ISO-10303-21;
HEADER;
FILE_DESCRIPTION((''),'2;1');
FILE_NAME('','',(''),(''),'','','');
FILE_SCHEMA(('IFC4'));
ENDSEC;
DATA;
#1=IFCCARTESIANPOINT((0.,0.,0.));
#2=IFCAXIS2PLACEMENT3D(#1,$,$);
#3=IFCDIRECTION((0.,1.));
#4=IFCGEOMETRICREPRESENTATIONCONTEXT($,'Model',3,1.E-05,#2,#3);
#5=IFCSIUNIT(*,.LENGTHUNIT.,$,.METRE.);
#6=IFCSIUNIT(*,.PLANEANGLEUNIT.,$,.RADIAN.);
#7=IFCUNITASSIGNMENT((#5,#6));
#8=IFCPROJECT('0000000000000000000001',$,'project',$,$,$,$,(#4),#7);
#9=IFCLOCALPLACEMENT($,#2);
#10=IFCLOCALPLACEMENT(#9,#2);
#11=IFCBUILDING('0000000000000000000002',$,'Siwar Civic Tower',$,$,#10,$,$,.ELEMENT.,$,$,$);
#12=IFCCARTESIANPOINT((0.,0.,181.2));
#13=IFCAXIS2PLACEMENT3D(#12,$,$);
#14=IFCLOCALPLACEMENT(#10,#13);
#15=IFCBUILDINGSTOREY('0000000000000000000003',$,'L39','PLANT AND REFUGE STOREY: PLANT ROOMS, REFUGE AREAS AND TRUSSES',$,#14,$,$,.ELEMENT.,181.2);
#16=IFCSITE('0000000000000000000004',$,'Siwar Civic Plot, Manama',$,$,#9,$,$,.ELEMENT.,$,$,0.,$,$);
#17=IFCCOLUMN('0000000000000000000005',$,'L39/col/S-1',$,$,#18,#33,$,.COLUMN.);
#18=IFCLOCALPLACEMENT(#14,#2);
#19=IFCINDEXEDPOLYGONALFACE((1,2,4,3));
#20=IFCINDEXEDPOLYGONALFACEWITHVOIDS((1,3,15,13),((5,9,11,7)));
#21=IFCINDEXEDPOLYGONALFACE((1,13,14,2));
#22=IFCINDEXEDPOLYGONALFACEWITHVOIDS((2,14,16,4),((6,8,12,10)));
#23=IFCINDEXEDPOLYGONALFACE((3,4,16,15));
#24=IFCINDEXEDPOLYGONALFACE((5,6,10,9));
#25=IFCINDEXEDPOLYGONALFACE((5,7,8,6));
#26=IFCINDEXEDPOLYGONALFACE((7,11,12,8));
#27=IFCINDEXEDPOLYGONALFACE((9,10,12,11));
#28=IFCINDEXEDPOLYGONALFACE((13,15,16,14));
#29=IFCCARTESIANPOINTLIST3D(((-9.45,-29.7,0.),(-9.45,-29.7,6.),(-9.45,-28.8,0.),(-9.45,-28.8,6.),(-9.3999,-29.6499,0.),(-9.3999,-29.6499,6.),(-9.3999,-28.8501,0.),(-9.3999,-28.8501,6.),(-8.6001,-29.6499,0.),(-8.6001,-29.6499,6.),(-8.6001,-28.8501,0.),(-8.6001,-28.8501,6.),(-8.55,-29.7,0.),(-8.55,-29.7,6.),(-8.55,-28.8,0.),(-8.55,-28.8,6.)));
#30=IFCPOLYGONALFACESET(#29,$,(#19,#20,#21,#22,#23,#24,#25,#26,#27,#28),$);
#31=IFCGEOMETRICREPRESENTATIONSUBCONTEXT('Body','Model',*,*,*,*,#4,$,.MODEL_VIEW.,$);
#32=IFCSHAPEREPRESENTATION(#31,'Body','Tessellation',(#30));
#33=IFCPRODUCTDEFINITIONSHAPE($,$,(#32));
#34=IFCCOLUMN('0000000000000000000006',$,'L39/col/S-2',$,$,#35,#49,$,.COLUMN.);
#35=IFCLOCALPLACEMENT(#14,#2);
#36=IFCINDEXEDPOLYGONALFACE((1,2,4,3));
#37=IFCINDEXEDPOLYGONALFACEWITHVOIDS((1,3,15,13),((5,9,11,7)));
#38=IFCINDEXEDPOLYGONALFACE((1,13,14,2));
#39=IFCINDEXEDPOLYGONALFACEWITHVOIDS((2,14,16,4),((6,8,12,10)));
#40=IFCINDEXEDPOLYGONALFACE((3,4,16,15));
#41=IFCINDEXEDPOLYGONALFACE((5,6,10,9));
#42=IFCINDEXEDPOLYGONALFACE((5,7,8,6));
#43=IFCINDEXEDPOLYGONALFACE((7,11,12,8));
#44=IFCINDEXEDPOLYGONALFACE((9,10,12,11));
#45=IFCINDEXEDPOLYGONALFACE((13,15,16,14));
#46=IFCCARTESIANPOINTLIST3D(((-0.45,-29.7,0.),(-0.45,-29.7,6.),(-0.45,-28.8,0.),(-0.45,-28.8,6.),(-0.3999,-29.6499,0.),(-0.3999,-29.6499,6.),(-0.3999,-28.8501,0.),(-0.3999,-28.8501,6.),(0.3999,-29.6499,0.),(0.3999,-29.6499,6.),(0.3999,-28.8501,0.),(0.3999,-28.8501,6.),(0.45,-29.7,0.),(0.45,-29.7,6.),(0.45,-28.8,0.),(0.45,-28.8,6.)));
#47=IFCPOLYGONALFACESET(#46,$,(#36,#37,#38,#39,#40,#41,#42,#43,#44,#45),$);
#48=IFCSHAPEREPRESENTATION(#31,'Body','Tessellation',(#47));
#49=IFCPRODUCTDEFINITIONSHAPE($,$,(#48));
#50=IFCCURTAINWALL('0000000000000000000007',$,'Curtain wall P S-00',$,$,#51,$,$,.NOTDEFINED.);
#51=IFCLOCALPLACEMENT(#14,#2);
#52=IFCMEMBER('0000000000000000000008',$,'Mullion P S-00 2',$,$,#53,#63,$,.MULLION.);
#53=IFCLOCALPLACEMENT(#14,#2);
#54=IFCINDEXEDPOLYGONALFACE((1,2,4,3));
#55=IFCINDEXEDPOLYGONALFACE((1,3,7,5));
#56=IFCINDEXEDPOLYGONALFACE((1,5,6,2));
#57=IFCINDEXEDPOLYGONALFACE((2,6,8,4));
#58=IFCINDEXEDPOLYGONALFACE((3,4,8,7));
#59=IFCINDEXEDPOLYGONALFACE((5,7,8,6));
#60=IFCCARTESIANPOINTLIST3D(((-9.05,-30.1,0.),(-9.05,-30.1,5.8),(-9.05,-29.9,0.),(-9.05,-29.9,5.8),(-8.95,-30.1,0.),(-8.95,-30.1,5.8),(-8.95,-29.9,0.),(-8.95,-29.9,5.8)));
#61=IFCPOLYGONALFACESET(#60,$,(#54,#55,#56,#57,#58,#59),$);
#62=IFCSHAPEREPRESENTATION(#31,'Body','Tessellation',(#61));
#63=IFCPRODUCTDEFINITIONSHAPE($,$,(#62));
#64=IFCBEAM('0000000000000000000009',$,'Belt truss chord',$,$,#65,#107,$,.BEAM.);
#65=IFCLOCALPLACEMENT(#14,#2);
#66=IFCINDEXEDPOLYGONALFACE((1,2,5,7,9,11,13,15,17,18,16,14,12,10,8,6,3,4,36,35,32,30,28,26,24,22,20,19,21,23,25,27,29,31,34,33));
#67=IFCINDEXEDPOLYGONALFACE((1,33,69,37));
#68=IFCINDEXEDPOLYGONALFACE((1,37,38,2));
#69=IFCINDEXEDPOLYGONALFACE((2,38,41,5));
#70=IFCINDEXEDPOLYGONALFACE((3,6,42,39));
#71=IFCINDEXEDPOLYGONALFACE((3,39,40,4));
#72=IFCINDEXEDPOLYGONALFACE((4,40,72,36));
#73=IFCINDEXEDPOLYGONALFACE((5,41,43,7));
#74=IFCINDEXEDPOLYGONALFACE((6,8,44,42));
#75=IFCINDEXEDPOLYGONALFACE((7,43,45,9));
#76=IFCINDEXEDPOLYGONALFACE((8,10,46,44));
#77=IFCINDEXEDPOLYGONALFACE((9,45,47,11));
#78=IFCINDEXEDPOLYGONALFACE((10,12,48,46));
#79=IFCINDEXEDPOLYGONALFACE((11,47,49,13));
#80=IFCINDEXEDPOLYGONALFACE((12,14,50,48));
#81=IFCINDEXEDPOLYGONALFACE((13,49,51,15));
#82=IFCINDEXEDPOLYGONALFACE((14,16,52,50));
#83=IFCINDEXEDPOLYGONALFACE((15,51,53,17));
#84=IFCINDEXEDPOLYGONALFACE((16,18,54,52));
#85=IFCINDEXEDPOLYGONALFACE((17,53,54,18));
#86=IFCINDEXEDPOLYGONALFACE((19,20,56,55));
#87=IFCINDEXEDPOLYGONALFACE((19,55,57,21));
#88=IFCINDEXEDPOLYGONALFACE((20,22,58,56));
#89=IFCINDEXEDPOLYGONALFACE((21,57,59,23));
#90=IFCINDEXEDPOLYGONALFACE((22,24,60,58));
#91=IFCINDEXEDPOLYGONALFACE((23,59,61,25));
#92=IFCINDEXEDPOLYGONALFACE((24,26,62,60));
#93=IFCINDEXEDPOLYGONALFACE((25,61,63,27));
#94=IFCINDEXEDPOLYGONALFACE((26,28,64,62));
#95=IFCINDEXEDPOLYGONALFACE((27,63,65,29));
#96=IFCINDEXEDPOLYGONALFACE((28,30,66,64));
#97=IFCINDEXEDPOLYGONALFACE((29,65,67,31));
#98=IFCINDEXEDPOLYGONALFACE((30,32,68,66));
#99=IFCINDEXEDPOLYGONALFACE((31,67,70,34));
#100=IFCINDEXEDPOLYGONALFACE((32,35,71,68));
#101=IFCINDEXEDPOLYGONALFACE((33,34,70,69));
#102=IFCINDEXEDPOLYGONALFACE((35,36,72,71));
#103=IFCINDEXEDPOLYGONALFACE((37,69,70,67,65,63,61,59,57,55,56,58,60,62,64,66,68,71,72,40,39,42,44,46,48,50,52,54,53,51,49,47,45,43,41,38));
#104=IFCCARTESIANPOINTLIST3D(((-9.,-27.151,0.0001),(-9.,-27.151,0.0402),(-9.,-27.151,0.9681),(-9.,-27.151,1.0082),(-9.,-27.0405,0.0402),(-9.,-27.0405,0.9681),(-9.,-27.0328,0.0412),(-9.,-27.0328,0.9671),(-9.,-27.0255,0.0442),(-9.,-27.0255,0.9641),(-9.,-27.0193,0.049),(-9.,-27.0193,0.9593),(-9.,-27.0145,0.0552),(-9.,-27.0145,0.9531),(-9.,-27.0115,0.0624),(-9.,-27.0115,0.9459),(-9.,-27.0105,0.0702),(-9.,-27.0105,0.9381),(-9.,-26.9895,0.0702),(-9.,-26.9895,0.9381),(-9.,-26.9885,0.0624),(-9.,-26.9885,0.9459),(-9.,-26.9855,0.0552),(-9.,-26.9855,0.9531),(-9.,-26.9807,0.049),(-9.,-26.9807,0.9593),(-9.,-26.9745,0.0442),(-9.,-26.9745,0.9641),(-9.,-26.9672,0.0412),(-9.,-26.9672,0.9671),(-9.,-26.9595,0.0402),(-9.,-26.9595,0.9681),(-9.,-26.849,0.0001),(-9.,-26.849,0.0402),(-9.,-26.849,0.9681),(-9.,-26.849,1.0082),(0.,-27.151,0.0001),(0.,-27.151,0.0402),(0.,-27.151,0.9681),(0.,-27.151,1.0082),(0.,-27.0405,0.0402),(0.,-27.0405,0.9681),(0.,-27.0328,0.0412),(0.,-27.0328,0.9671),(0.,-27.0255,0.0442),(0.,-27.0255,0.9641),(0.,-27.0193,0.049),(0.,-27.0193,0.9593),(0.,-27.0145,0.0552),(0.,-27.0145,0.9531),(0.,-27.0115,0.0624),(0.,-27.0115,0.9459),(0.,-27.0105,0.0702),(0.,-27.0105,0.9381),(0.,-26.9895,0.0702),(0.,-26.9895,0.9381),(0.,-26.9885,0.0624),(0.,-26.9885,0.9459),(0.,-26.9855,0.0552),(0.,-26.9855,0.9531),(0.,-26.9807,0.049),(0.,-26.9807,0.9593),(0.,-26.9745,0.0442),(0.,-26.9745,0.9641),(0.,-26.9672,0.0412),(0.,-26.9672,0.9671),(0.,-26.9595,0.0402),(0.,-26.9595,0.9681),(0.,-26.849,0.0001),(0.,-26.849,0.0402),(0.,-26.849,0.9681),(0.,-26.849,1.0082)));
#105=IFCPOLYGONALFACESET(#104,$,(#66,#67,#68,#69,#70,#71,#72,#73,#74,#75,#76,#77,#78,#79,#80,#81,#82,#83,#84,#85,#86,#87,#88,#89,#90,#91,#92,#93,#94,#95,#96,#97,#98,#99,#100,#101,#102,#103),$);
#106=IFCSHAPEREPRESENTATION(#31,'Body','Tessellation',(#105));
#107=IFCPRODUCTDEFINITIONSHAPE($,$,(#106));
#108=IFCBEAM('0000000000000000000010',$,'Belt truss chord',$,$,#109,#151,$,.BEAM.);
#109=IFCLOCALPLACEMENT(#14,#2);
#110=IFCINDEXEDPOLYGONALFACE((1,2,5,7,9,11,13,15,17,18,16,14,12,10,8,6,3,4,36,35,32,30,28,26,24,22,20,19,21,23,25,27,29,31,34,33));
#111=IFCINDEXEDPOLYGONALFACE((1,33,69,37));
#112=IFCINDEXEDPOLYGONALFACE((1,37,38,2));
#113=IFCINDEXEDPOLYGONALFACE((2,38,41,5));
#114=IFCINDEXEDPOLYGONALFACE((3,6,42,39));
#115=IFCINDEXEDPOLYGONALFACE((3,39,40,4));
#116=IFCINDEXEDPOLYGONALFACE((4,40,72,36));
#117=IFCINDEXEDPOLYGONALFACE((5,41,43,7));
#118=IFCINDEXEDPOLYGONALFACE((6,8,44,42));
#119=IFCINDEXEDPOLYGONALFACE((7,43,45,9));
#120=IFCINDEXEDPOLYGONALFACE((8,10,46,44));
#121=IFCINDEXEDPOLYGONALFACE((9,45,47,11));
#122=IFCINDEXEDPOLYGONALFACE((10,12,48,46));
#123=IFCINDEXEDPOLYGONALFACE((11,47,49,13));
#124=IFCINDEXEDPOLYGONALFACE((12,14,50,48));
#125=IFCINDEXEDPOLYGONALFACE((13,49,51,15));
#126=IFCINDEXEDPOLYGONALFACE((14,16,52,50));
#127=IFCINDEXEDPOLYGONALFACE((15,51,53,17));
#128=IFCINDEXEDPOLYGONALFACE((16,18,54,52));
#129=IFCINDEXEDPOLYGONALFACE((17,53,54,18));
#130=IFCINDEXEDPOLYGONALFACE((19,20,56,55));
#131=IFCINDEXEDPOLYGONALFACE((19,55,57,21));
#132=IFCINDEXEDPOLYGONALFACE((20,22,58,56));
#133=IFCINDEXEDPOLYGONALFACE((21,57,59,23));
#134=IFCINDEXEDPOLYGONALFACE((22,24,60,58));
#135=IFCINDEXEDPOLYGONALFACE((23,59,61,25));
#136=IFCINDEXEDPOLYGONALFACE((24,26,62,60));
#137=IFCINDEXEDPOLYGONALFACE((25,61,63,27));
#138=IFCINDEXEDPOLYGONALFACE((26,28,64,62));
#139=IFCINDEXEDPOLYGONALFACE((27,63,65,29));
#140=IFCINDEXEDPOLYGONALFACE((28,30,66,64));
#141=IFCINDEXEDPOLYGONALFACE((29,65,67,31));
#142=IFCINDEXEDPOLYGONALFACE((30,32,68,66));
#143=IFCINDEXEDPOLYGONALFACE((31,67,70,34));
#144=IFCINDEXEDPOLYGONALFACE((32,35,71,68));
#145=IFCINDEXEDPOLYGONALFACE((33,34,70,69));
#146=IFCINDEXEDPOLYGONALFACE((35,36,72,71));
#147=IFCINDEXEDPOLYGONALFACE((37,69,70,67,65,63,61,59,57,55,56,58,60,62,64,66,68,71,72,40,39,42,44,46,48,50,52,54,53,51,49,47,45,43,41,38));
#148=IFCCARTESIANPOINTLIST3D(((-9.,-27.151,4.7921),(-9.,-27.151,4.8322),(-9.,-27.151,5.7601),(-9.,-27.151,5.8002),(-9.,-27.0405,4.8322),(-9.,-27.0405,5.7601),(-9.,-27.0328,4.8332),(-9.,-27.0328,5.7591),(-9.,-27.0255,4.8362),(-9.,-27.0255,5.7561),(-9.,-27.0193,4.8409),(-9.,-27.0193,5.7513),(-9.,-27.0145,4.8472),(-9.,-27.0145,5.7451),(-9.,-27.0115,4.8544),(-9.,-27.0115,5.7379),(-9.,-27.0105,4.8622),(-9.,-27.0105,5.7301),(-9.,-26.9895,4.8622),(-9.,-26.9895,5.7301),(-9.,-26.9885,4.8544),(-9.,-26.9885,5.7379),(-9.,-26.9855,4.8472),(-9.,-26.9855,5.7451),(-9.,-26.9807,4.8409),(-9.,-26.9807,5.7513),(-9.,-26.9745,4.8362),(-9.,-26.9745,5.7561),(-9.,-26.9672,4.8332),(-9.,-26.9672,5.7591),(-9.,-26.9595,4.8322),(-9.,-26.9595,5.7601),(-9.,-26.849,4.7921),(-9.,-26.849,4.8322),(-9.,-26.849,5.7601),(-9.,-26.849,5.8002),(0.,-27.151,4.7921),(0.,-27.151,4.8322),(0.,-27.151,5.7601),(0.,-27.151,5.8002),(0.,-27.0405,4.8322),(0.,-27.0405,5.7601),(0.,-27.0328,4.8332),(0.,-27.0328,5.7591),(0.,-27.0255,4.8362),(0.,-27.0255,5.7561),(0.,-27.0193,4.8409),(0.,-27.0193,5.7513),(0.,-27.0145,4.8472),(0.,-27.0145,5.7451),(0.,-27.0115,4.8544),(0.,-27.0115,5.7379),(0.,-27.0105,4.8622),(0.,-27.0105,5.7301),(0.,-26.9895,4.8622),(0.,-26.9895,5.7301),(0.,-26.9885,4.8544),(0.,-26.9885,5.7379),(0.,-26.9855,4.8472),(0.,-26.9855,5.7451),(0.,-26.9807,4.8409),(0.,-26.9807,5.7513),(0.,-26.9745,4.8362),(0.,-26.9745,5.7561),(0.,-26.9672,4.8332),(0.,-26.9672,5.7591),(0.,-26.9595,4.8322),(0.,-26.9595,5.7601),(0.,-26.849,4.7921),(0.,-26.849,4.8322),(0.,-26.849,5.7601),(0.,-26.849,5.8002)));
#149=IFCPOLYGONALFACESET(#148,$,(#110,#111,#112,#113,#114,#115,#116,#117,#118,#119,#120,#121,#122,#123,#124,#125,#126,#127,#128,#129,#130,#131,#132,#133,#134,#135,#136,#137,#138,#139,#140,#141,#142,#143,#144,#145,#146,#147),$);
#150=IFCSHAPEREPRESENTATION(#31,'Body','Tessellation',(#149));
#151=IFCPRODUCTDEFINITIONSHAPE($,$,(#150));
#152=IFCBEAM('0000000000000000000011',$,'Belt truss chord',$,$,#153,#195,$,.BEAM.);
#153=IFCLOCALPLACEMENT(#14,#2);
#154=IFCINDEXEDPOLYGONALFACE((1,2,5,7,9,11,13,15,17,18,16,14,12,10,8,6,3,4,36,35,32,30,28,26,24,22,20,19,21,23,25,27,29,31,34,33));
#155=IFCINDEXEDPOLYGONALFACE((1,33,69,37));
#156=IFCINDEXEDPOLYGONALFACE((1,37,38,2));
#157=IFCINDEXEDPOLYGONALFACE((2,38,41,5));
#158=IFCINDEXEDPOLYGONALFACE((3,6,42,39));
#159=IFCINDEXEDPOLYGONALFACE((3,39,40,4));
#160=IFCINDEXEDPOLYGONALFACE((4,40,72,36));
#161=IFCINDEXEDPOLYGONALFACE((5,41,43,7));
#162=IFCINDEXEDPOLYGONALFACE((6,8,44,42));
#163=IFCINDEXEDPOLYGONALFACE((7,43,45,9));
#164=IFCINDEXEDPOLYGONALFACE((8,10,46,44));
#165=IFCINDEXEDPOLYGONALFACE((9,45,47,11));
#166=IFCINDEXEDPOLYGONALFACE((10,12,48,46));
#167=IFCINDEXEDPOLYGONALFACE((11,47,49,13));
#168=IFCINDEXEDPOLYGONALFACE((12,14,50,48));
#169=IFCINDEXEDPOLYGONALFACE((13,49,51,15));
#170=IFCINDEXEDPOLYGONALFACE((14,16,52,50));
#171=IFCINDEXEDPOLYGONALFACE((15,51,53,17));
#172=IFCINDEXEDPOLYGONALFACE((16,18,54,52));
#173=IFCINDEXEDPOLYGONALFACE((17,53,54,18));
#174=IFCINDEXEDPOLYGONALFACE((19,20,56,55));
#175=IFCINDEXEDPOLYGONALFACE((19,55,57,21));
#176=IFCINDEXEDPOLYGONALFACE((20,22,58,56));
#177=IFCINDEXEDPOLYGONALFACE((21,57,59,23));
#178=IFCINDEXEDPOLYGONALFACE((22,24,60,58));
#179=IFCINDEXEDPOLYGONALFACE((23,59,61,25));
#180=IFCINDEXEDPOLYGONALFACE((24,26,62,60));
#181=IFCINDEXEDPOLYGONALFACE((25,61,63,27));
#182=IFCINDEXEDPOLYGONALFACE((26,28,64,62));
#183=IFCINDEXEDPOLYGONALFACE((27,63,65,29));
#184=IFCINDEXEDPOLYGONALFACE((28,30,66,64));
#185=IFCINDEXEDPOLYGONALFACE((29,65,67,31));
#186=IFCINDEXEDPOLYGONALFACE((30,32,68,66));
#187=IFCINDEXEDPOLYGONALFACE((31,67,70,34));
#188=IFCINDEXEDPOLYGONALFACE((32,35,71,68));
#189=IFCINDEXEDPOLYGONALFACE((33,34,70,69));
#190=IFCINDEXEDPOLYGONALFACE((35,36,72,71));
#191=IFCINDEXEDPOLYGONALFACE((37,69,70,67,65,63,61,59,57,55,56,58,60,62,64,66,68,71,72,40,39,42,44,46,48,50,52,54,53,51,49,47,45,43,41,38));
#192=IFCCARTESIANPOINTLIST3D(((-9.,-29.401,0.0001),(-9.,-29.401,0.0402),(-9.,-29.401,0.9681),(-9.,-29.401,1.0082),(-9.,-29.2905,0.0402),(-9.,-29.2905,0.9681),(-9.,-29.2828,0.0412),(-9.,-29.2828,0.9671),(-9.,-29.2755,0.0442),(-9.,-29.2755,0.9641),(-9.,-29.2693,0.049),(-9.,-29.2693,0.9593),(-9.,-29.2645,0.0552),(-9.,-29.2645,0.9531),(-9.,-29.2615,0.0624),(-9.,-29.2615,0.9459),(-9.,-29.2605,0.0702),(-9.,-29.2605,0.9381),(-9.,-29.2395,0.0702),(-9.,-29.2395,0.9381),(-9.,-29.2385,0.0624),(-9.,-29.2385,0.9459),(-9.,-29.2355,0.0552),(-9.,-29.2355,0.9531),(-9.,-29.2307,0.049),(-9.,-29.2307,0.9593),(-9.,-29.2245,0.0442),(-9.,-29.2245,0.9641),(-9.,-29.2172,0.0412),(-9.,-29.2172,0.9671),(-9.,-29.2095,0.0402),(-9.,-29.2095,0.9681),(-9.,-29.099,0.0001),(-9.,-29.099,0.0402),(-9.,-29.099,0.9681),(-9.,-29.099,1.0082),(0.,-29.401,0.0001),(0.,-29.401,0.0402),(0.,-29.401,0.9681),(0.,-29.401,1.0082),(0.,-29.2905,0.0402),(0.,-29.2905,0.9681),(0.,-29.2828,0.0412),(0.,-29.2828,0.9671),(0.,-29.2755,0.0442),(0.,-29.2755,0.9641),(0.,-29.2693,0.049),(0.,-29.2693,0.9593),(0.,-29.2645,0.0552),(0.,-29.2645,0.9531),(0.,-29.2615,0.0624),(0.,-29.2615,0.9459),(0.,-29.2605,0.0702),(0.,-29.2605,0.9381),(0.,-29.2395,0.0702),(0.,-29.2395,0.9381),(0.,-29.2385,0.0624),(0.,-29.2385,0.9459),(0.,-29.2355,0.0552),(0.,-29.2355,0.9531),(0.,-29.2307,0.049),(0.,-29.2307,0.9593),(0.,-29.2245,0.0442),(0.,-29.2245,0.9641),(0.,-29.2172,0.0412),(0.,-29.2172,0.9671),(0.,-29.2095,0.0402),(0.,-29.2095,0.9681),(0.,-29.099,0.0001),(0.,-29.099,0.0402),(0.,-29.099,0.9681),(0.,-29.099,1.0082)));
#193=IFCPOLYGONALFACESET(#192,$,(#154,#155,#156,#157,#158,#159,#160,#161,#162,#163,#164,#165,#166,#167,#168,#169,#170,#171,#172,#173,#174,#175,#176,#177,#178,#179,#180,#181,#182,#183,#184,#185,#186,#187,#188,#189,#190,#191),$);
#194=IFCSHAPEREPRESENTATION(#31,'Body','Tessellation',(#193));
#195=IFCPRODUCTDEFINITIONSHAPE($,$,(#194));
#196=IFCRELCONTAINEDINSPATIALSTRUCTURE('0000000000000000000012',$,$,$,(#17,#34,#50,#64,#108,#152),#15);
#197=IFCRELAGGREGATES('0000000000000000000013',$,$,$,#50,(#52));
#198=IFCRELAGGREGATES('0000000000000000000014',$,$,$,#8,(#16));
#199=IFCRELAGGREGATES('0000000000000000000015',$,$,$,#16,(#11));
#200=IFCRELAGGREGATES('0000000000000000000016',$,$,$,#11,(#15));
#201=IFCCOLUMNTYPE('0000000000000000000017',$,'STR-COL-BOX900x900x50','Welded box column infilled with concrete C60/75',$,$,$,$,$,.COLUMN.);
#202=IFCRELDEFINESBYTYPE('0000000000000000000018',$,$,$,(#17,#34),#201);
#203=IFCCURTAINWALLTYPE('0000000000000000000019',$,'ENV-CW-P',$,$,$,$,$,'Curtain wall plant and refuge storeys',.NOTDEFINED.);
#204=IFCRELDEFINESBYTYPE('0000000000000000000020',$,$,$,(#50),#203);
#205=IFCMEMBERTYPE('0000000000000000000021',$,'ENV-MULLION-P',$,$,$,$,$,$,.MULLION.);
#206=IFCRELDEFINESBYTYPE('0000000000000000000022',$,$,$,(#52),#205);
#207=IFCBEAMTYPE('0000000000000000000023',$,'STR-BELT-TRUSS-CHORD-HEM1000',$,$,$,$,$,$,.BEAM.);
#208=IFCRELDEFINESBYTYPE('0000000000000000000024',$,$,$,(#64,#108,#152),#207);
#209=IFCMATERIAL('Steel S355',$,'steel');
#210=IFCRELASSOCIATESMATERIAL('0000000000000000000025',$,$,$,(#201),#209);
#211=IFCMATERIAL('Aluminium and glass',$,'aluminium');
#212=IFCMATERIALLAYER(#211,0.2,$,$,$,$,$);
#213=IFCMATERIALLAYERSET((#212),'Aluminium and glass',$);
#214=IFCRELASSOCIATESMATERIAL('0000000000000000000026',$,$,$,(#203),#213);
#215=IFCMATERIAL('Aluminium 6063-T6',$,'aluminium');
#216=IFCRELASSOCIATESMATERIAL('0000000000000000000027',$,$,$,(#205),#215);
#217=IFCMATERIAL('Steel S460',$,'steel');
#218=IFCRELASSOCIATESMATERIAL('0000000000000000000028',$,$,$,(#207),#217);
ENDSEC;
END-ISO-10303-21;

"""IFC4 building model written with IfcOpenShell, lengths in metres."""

from ifc_helpers import new_model, si_unit, direction, frame, origin, origin_2d, place, context, subcontext, project, spatial, rectangle, hollow_rectangle, i_section, extrude, material, layer, layer_set, material_profile, profile_set, type_object, element, aggregate, save


model = new_model("IFC4")

# Units and contexts
model_context = context("Model", 3, precision=1e-05, world=origin(), true_north=direction((0.0, 1.0)))
body_context = subcontext(model_context, "Body", "Model", "MODEL_VIEW")
ifc_project = project(units=[si_unit("LENGTHUNIT", "METRE"), si_unit("PLANEANGLEUNIT", "RADIAN")], contexts=[model_context])

# Site, building, storey
site_placement = place(None, origin())
site = spatial("IfcSite", under=ifc_project, at=site_placement, Name="Siwar Civic Plot, Manama", CompositionType="ELEMENT", RefElevation=0.0)
building_placement = place(site_placement, origin())
building = spatial("IfcBuilding", under=site, at=building_placement, Name="Siwar Civic Tower", CompositionType="ELEMENT")
storey_placement = place(building_placement, frame((0.0, 0.0, 181.2)))
storey = spatial("IfcBuildingStorey", under=building, at=storey_placement, Name="L39", Description="PLANT AND REFUGE STOREY: PLANT ROOMS, REFUGE AREAS AND TRUSSES", CompositionType="ELEMENT", Elevation=181.2)

# Columns
ifc_material_1 = material(Name="Steel S355", Category="steel")
ifc_material_profile_1 = material_profile(ifc_material_1, hollow_rectangle(XDim=0.8999, YDim=0.8999, WallThickness=0.05, at=origin_2d()), Name="BOX900x900x50")
ifc_profile_set_1 = profile_set([ifc_material_profile_1], Name="Steel S355")
column_type = type_object("IfcColumnType", Name="STR-COL-BOX900x900x50", Description="Welded box column infilled with concrete C60/75", PredefinedType="COLUMN", material=ifc_profile_set_1)
for number, where, z_axis, x_axis, name in (
    (1, (-9.0, -29.25, 0.0), (0.0, 0.0, 1.0), (1.0, 0.0, 0.0), "L39/col/S-1"),
    (2, (0.0, -29.25, 0.0), (0.0, 0.0, 1.0), (1.0, 0.0, 0.0), "L39/col/S-2"),
):
    element("IfcColumn", number, at=place(storey_placement, frame(where, z_axis=z_axis, x_axis=x_axis)), inside=storey, type_object=column_type, Name=name, PredefinedType="COLUMN", context=body_context, shape_type="SweptSolid", body=[
        extrude(hollow_rectangle(XDim=0.8999, YDim=0.8999, WallThickness=0.05, at=origin_2d()), origin(), (0.0, 0.0, 1.0), 6.0),
    ])

# Curtain wall, member
ifc_material_2 = material(Name="Aluminium and glass", Category="aluminium")
ifc_layer_1 = layer(ifc_material_2, 0.2)
ifc_layer_set_1 = layer_set([ifc_layer_1], Name="Aluminium and glass")
curtain_wall_type = type_object("IfcCurtainWallType", Name="ENV-CW-P", ElementType="Curtain wall plant and refuge storeys", PredefinedType="NOTDEFINED", material=ifc_layer_set_1)
curtain_wall_placement = place(storey_placement, origin())
curtain_wall = element("IfcCurtainWall", 3, at=curtain_wall_placement, inside=storey, type_object=curtain_wall_type, Name="Curtain wall P S-00", PredefinedType="NOTDEFINED")
ifc_material_3 = material(Name="Aluminium 6063-T6", Category="aluminium")
ifc_material_profile_2 = material_profile(ifc_material_3, rectangle(XDim=0.2, YDim=0.1001, at=origin_2d()), Name="AL 200x100")
ifc_profile_set_2 = profile_set([ifc_material_profile_2], Name="Aluminium 6063-T6")
member_type_1 = type_object("IfcMemberType", Name="ENV-MULLION-P", PredefinedType="MULLION", material=ifc_profile_set_2)
member_1_placement = place(storey_placement, frame((-9.0, -30.0, 0.0), z_axis=(0.0, 0.0, 1.0), x_axis=(0.0, 1.0, 0.0)))
member_1 = element("IfcMember", 4, at=member_1_placement, type_object=member_type_1, Name="Mullion P S-00 2", PredefinedType="MULLION", context=body_context, shape_type="SweptSolid", body=[
    extrude(rectangle(XDim=0.2, YDim=0.1001, at=origin_2d()), origin(), (0.0, 0.0, 1.0), 5.8),
])

# Beams
ifc_material_4 = material(Name="Steel S460", Category="steel")
ifc_material_profile_3 = material_profile(ifc_material_4, i_section(OverallWidth=0.302, OverallDepth=1.0081, WebThickness=0.021, FlangeThickness=0.04, FilletRadius=0.03, at=origin_2d()), Name="HEM1000")
ifc_profile_set_3 = profile_set([ifc_material_profile_3], Name="Steel S460")
beam_type_1 = type_object("IfcBeamType", Name="STR-BELT-TRUSS-CHORD-HEM1000", PredefinedType="BEAM", material=ifc_profile_set_3)
for number, where, z_axis, x_axis, name in (
    (5, (-9.0, -27.0, 0.5042), (1.0, 0.0, 0.0), (0.0, 1.0, 0.0), "Belt truss chord"),
    (6, (-9.0, -27.0, 5.2961), (1.0, 0.0, 0.0), (0.0, 1.0, 0.0), "Belt truss chord"),
    (7, (-9.0, -29.25, 0.5042), (1.0, 0.0, 0.0), (0.0, 1.0, 0.0), "Belt truss chord"),
):
    element("IfcBeam", number, at=place(storey_placement, frame(where, z_axis=z_axis, x_axis=x_axis)), inside=storey, type_object=beam_type_1, Name=name, PredefinedType="BEAM", context=body_context, shape_type="SweptSolid", body=[
        extrude(i_section(OverallWidth=0.302, OverallDepth=1.0081, WebThickness=0.021, FlangeThickness=0.04, FilletRadius=0.03, at=origin_2d()), origin(), (0.0, 0.0, 1.0), 9.0),
    ])

aggregate(curtain_wall, [member_1])

save(model, "model.ifc")
